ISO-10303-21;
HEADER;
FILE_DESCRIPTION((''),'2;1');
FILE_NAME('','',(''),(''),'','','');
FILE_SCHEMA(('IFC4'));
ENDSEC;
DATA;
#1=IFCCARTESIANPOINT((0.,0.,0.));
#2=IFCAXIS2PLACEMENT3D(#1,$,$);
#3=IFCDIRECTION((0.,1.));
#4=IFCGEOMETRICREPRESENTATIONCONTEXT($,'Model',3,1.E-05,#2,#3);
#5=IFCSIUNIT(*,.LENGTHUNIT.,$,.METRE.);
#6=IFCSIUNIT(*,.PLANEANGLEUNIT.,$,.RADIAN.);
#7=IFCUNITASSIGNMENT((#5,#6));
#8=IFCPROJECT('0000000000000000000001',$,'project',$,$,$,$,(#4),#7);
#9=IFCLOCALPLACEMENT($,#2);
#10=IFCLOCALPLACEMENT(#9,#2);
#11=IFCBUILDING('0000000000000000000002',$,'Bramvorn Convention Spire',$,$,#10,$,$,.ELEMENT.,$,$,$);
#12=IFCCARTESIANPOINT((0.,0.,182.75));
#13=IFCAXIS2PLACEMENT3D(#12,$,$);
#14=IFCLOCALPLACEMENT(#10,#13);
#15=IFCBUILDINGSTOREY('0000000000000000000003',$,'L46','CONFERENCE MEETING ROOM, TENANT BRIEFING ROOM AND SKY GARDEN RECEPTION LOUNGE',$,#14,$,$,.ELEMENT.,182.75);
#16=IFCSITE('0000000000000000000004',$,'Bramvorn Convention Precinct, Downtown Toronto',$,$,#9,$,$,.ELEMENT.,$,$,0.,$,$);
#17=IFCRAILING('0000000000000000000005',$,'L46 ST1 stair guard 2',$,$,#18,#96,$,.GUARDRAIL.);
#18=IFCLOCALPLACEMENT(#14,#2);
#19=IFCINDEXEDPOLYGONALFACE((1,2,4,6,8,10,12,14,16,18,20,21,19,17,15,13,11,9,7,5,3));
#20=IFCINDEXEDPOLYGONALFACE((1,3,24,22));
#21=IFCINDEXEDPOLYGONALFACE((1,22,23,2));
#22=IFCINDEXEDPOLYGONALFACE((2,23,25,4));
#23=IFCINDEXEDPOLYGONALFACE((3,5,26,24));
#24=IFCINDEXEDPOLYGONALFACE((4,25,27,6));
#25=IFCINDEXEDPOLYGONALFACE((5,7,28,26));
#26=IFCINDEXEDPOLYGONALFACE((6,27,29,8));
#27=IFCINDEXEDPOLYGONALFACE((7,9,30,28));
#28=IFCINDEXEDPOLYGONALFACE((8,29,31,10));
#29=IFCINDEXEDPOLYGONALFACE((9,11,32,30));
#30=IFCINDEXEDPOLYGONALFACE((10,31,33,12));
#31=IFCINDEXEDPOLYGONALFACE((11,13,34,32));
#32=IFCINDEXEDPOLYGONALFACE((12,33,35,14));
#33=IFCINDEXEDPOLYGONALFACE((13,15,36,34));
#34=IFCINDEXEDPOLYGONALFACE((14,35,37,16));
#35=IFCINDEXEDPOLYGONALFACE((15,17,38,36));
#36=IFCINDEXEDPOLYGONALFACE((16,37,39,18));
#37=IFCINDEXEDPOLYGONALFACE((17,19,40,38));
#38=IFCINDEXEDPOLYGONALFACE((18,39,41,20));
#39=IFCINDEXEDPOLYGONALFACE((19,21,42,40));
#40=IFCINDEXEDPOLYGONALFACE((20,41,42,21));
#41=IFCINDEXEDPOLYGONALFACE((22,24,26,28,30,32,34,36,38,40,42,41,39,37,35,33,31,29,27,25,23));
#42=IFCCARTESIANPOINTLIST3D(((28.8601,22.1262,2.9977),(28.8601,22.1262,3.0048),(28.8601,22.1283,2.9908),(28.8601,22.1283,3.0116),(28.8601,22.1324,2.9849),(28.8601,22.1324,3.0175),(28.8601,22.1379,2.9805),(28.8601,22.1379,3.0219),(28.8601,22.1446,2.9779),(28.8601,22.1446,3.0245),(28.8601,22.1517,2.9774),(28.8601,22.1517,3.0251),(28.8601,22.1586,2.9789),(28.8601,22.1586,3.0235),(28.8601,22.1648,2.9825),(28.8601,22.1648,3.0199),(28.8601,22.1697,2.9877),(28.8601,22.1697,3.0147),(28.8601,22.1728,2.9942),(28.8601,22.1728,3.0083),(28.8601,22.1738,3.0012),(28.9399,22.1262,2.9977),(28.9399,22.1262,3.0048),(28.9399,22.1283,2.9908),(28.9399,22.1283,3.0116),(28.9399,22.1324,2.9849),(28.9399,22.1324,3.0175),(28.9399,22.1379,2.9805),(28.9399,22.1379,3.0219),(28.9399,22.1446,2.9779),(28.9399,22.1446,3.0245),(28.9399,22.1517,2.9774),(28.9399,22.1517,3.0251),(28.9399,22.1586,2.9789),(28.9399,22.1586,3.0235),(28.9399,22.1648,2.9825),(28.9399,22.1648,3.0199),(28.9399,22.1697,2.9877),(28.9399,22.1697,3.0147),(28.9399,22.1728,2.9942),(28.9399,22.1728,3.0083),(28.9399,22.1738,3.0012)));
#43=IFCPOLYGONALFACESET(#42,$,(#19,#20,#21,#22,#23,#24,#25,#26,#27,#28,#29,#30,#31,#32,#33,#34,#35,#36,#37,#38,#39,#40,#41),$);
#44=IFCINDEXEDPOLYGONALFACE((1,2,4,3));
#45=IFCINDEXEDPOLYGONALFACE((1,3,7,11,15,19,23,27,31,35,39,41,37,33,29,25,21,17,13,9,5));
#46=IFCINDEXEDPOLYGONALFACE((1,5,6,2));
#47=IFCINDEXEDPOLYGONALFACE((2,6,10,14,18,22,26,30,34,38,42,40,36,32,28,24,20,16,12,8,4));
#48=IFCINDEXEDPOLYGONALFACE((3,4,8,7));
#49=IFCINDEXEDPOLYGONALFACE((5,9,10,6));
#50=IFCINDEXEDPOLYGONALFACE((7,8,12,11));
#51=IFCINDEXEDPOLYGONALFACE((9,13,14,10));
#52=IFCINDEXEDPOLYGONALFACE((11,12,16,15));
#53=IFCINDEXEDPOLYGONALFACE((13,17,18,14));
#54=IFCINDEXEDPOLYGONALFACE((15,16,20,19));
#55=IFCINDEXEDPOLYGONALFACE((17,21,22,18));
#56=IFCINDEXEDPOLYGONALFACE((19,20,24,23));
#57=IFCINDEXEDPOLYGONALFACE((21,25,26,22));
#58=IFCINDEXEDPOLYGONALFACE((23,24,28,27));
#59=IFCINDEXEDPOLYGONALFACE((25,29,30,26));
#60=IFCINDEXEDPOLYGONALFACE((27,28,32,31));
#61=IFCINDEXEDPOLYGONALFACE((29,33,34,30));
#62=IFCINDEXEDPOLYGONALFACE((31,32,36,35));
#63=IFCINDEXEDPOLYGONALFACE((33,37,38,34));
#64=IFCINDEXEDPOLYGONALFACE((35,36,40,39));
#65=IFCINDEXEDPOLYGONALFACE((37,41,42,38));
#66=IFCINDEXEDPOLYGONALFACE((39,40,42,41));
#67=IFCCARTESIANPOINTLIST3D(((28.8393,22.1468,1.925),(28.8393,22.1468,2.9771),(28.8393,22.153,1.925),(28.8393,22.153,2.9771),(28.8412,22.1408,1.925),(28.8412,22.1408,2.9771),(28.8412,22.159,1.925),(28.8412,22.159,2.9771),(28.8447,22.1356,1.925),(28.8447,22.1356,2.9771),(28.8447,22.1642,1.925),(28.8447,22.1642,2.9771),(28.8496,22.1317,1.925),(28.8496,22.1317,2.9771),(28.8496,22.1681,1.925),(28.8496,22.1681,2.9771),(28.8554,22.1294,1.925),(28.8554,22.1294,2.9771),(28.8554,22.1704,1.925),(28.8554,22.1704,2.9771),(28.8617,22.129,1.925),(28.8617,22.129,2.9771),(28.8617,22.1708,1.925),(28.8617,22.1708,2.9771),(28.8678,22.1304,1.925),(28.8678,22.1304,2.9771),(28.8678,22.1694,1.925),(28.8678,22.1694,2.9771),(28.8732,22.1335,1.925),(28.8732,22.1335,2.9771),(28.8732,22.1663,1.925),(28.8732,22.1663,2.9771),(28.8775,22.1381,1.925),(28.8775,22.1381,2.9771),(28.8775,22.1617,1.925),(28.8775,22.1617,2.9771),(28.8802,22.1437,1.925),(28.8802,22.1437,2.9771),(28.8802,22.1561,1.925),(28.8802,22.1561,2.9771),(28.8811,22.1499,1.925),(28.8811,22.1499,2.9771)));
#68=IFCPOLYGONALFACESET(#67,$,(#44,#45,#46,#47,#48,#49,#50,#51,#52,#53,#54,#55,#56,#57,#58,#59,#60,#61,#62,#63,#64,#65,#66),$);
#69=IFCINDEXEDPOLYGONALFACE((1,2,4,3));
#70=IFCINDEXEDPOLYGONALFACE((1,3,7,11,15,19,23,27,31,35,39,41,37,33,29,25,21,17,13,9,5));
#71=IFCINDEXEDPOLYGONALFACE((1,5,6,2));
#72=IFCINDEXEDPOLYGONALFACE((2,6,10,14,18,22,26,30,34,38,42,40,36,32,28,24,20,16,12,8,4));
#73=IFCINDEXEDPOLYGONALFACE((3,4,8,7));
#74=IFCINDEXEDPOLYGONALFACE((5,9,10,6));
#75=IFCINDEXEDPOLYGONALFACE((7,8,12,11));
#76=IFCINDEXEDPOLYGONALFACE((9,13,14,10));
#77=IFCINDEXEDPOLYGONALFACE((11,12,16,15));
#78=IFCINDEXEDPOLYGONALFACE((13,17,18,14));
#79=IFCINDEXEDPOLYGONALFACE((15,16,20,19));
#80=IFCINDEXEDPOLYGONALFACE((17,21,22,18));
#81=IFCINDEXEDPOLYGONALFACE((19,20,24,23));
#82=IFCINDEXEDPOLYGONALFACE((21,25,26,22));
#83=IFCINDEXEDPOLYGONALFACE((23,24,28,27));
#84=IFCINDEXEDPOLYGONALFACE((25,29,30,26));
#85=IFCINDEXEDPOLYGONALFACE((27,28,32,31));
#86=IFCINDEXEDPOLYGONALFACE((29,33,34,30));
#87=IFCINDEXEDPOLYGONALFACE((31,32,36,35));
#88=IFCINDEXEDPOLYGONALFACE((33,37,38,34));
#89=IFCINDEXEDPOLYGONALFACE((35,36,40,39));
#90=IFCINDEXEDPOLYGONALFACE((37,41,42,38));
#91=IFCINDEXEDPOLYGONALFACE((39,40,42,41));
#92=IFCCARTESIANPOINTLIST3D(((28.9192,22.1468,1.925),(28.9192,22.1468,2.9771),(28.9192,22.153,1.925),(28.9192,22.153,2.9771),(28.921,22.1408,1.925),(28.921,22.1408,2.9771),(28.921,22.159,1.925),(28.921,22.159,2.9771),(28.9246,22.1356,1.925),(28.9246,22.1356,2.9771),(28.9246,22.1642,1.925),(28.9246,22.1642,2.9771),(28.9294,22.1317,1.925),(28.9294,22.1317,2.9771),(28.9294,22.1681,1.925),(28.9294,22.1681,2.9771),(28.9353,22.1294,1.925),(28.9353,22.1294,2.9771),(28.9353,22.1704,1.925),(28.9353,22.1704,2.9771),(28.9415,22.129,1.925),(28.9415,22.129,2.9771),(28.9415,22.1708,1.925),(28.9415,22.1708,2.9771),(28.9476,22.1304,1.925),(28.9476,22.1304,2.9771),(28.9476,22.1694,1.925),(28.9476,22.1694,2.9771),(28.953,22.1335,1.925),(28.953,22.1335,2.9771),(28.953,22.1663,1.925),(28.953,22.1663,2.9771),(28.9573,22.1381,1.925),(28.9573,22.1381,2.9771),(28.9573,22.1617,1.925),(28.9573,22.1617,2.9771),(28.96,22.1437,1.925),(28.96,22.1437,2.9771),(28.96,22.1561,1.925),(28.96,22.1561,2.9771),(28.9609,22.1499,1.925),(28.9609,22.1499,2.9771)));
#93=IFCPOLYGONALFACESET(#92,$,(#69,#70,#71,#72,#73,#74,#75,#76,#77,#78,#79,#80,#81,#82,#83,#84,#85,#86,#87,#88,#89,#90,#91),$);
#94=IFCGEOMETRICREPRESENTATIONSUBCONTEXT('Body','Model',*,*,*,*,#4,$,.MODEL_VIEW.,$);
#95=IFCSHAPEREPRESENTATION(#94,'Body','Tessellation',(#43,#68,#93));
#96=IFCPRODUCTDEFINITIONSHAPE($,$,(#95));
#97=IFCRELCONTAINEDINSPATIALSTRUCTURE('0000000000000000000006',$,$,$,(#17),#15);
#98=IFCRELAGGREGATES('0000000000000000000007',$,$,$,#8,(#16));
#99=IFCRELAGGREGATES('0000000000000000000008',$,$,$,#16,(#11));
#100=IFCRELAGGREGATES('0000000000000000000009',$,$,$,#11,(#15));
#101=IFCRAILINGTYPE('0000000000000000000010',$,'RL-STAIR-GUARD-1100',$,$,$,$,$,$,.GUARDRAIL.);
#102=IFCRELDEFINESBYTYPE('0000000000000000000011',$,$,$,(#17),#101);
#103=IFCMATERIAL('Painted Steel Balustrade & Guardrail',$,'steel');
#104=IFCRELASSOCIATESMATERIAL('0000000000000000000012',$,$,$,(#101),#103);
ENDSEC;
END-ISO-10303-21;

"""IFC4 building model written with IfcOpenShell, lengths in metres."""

from ifc_helpers import new_model, si_unit, direction, frame, origin, origin_2d, place, context, subcontext, project, spatial, circle, extrude, material, type_object, element, save


model = new_model("IFC4")

# Units and contexts
model_context = context("Model", 3, precision=1e-05, world=origin(), true_north=direction((0.0, 1.0)))
body_context = subcontext(model_context, "Body", "Model", "MODEL_VIEW")
ifc_project = project(units=[si_unit("LENGTHUNIT", "METRE"), si_unit("PLANEANGLEUNIT", "RADIAN")], contexts=[model_context])

# Site, building, storey
site_placement = place(None, origin())
site = spatial("IfcSite", under=ifc_project, at=site_placement, Name="Bramvorn Convention Precinct, Downtown Toronto", CompositionType="ELEMENT", RefElevation=0.0)
building_placement = place(site_placement, origin())
building = spatial("IfcBuilding", under=site, at=building_placement, Name="Bramvorn Convention Spire", CompositionType="ELEMENT")
storey_placement = place(building_placement, frame((0.0, 0.0, 182.75)))
storey = spatial("IfcBuildingStorey", under=building, at=storey_placement, Name="L46", Description="CONFERENCE MEETING ROOM, TENANT BRIEFING ROOM AND SKY GARDEN RECEPTION LOUNGE", CompositionType="ELEMENT", Elevation=182.75)

# Railing
ifc_material_1 = material(Name="Painted Steel Balustrade & Guardrail", Category="steel")
railing_type_1 = type_object("IfcRailingType", Name="RL-STAIR-GUARD-1100", PredefinedType="GUARDRAIL", material=ifc_material_1)
railing_1_placement = place(storey_placement, frame((28.8601, 22.1499, 1.925)))
element("IfcRailing", 1, at=railing_1_placement, inside=storey, type_object=railing_type_1, Name="L46 ST1 stair guard 2", PredefinedType="GUARDRAIL", context=body_context, shape_type="SweptSolid", body=[
    extrude(circle(Radius=0.0239, at=origin_2d()), frame((0.0, 0.0, 1.0762), z_axis=(1.0, 0.0, 0.0), x_axis=(0.0, 1.0, 0.0)), (0.0, 0.0, 1.0), 0.0798),
    extrude(circle(Radius=0.021, at=origin_2d()), origin(), (0.0, 0.0, 1.0), 1.052),
    extrude(circle(Radius=0.021, at=origin_2d()), frame((0.0798, 0.0, 0.0)), (0.0, 0.0, 1.0), 1.052),
])

save(model, "model.ifc")
